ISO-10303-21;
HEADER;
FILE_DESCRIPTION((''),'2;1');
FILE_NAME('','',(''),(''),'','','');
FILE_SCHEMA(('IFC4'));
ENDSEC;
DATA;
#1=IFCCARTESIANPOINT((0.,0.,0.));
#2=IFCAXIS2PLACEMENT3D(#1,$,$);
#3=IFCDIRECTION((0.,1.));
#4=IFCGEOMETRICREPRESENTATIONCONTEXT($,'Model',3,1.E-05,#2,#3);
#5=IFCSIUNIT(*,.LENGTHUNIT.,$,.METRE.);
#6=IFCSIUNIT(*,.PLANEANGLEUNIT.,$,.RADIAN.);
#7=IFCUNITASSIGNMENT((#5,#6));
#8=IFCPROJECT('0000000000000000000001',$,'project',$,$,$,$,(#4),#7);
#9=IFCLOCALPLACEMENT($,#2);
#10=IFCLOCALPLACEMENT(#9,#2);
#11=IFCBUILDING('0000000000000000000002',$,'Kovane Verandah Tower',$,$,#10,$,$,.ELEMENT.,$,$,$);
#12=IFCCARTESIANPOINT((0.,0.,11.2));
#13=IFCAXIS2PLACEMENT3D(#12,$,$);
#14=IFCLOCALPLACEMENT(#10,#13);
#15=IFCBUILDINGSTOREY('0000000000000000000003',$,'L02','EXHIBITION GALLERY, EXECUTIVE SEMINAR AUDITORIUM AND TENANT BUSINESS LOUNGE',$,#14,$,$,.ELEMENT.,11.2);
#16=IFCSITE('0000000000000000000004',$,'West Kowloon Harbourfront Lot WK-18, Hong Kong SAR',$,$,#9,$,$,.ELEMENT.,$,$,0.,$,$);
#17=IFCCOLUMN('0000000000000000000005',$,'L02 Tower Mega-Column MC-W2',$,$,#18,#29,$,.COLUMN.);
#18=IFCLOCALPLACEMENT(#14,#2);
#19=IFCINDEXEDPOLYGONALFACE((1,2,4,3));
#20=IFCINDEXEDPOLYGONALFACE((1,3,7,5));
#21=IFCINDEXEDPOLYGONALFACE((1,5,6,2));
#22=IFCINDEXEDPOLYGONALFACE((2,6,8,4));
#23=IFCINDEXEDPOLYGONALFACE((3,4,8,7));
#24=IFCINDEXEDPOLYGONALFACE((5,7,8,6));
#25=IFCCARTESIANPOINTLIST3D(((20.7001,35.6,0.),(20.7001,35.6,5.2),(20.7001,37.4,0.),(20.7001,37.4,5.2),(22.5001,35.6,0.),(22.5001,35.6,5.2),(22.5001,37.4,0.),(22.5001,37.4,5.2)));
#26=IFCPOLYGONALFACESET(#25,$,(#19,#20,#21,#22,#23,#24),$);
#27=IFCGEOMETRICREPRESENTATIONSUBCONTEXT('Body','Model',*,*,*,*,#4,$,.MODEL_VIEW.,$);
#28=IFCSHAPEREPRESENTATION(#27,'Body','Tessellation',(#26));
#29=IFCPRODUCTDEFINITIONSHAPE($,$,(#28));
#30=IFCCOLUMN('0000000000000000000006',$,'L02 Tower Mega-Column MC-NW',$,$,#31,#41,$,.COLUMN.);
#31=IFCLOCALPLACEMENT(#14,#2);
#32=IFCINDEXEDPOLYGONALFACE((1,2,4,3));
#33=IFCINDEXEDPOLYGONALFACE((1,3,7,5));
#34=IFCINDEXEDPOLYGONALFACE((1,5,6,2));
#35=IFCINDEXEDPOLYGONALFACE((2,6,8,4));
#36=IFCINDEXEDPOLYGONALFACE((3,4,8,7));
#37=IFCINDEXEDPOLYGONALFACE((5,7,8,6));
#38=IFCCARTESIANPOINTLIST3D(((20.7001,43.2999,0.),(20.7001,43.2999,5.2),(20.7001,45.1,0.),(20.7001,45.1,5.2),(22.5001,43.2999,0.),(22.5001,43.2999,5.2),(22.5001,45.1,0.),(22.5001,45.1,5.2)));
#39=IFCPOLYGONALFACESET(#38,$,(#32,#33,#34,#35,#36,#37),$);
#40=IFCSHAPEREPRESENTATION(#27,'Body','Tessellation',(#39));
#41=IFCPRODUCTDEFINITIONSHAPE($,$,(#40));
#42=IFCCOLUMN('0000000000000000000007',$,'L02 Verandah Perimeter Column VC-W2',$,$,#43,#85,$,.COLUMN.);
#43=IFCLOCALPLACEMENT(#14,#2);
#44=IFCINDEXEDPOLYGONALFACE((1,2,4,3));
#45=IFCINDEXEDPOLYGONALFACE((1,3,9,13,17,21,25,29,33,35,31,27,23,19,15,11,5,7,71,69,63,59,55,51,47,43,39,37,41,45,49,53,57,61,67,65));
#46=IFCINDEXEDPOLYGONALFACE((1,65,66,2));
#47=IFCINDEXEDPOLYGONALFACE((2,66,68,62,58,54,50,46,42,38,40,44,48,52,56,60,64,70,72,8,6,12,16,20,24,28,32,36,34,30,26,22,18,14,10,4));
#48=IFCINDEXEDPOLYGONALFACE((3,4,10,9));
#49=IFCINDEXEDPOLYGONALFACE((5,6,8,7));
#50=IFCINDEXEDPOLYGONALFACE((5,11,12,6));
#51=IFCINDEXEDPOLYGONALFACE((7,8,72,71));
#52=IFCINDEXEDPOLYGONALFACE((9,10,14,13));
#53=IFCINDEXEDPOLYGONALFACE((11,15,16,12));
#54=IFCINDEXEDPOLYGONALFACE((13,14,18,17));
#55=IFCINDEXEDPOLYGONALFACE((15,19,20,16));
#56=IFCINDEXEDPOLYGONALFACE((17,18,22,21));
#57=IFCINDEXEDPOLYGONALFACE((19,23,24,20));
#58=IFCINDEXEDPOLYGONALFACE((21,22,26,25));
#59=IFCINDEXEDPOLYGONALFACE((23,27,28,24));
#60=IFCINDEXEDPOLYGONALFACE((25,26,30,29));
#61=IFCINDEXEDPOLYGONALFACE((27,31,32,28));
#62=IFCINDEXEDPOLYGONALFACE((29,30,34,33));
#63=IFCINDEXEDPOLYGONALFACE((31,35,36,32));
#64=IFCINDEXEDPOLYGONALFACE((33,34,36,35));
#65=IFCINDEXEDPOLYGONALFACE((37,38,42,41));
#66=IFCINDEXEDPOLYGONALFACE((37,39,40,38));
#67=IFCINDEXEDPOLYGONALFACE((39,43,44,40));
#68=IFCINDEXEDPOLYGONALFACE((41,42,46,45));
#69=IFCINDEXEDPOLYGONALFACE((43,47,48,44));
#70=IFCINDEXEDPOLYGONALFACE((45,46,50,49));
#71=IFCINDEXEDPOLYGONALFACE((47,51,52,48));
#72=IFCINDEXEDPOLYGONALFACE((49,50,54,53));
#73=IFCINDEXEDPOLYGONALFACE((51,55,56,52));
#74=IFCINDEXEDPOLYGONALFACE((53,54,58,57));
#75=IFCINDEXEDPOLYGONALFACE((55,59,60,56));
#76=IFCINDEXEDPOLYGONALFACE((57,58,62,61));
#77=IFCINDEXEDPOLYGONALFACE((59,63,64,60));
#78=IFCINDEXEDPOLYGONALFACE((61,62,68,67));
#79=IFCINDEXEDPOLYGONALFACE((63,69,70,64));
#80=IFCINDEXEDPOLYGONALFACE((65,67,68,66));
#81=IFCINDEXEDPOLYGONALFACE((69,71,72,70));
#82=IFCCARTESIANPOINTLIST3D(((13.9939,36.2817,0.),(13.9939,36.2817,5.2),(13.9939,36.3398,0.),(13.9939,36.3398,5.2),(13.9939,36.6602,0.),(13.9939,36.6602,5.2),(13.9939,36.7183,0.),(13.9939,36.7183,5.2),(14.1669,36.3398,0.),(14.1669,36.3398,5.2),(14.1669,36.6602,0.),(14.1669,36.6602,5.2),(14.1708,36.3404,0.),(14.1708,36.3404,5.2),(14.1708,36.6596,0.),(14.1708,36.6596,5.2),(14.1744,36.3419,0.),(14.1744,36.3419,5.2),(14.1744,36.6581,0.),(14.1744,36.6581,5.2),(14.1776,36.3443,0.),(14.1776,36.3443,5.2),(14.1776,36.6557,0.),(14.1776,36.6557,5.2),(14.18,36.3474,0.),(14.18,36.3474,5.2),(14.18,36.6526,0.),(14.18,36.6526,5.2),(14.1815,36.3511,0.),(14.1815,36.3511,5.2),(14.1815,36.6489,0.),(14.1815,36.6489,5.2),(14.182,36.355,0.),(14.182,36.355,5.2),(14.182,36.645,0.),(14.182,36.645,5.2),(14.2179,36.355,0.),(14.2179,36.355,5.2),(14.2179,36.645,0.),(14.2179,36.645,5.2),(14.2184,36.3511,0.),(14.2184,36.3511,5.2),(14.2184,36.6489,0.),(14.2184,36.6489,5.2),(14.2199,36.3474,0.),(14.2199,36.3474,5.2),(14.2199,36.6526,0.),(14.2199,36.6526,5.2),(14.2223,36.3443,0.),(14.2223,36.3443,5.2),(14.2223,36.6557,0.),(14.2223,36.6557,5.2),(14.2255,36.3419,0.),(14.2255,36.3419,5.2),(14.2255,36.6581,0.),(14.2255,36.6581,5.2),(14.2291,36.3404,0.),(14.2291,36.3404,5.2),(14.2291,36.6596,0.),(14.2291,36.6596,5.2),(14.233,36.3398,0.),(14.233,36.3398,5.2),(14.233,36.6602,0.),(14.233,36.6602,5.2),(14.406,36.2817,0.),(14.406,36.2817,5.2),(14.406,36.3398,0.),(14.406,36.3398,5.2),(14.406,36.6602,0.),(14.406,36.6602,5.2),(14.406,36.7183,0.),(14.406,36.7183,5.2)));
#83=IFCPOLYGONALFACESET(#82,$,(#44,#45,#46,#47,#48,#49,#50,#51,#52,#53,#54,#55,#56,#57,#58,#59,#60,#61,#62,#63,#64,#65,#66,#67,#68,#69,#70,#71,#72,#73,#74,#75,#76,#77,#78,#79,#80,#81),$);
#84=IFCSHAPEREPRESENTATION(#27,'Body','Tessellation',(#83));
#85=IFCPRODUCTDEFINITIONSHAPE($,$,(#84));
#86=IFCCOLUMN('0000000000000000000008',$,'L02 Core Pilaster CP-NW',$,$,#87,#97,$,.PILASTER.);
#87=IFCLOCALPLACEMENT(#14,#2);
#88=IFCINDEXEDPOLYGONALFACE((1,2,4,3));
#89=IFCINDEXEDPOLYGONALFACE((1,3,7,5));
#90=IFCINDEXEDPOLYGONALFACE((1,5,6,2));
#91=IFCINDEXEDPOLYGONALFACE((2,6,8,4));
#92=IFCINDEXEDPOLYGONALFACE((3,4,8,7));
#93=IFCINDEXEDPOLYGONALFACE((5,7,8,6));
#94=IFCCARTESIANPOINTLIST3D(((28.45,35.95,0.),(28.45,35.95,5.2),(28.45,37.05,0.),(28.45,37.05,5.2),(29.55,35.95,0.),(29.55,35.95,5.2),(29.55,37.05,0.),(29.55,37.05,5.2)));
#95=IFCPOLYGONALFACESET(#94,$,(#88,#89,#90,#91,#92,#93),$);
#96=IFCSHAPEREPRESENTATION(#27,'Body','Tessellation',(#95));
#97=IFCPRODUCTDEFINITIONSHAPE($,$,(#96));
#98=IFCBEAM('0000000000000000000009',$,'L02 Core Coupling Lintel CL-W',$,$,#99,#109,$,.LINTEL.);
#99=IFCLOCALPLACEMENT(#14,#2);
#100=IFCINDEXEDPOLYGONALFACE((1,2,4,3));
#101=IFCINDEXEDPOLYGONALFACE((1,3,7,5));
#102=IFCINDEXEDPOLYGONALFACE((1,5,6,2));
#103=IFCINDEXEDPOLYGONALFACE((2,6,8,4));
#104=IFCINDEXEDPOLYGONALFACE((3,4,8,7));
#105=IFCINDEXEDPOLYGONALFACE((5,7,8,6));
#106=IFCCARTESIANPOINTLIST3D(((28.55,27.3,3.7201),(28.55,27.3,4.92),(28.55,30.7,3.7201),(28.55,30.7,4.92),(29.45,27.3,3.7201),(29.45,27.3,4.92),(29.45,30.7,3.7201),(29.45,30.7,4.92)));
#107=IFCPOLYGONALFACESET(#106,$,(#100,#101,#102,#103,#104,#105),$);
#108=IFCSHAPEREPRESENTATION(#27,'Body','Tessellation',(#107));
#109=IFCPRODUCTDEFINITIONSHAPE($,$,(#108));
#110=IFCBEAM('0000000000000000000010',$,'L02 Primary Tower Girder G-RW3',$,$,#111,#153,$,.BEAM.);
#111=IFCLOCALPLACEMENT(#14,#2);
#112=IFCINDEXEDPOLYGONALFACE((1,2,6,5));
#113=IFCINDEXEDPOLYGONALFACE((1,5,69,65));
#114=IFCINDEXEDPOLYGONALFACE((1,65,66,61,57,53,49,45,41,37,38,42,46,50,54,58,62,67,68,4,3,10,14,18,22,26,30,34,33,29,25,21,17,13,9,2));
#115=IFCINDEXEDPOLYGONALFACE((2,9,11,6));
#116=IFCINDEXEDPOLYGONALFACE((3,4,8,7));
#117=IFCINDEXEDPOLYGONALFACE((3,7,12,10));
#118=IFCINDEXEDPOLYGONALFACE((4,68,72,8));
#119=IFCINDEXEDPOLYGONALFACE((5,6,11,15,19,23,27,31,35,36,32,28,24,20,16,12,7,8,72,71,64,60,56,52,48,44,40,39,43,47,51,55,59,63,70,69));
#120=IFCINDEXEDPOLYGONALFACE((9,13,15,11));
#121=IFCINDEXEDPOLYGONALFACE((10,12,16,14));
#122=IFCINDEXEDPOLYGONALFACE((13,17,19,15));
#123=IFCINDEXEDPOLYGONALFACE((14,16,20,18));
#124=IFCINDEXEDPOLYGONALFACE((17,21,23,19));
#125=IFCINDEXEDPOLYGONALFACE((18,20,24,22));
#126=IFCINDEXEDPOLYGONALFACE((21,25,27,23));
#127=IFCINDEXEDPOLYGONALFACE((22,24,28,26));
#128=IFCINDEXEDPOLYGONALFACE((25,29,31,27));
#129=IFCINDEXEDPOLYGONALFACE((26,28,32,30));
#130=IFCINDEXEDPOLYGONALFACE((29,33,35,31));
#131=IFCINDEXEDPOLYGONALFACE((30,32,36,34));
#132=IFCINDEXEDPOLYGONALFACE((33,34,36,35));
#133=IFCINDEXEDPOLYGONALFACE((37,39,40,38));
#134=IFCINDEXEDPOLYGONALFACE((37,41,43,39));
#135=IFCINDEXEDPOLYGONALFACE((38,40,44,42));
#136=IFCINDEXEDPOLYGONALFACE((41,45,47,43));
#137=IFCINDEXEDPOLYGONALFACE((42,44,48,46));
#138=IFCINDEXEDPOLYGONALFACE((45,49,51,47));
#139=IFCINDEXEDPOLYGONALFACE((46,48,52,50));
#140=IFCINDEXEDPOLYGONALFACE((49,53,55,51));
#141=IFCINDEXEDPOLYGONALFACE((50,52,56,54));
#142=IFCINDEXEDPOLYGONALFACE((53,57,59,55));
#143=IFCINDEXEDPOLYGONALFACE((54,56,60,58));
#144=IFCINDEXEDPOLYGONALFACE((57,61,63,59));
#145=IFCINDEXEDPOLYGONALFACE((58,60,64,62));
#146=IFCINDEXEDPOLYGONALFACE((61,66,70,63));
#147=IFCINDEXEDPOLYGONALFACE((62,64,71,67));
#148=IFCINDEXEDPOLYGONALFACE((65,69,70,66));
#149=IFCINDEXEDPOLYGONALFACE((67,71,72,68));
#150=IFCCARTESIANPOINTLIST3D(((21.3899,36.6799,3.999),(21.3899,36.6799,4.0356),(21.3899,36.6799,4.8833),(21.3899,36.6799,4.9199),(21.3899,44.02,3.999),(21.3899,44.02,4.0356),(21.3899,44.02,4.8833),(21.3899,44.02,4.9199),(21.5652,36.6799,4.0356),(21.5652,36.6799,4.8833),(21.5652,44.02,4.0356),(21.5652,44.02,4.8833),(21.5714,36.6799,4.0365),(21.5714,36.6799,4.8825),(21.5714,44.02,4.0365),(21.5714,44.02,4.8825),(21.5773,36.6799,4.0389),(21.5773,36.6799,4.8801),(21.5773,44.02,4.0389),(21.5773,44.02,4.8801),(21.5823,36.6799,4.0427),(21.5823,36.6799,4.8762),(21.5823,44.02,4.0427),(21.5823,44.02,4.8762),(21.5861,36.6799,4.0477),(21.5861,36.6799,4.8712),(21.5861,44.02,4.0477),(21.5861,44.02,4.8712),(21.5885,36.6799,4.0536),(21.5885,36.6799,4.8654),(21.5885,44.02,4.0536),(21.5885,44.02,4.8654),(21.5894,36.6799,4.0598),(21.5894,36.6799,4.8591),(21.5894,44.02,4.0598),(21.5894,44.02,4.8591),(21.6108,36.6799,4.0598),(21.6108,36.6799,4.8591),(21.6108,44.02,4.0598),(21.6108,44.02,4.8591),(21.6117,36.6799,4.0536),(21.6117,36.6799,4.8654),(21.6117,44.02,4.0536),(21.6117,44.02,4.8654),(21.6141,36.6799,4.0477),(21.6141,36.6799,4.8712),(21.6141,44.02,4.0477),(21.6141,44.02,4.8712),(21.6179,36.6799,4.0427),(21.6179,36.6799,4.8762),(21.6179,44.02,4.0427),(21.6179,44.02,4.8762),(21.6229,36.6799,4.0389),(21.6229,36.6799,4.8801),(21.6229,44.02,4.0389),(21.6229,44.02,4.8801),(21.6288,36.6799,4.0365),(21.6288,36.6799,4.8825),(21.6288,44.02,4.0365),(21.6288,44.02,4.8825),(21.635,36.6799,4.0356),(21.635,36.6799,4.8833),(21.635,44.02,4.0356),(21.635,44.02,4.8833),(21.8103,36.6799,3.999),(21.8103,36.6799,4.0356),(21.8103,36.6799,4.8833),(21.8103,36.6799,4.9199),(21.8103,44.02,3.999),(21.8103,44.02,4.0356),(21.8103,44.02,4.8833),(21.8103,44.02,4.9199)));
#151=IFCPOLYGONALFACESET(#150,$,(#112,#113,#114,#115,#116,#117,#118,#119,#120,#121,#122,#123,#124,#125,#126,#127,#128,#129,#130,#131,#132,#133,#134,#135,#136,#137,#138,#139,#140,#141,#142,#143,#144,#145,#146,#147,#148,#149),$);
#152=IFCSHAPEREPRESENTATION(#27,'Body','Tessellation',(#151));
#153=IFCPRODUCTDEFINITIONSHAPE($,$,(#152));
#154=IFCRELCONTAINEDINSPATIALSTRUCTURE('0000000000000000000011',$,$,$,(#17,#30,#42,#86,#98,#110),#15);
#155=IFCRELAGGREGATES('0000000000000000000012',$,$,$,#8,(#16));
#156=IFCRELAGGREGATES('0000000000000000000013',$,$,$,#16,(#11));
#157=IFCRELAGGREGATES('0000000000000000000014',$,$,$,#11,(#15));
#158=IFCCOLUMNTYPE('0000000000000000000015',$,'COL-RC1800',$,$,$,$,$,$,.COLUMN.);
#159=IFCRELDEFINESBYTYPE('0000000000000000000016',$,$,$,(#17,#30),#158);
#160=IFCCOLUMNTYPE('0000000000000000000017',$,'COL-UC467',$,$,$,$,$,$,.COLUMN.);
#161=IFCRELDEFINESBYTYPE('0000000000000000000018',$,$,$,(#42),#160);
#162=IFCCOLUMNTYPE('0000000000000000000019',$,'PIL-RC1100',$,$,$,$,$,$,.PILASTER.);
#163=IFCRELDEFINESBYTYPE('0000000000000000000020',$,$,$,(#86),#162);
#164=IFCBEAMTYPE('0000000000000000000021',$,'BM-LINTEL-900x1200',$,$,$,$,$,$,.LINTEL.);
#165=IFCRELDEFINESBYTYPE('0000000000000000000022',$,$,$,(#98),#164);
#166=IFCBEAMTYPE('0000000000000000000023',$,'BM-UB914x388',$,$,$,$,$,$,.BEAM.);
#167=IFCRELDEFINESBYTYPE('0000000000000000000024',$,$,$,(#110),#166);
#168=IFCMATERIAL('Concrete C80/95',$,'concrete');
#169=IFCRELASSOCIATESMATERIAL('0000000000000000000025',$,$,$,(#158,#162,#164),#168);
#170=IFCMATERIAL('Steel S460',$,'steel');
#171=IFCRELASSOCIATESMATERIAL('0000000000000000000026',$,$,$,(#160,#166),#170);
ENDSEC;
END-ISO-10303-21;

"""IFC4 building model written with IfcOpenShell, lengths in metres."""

from ifc_helpers import new_model, si_unit, direction, frame, origin, origin_2d, place, context, subcontext, project, spatial, rectangle, i_section, extrude, material, material_profile, profile_set, type_object, element, save


model = new_model("IFC4")

# Units and contexts
model_context = context("Model", 3, precision=1e-05, world=origin(), true_north=direction((0.0, 1.0)))
body_context = subcontext(model_context, "Body", "Model", "MODEL_VIEW")
ifc_project = project(units=[si_unit("LENGTHUNIT", "METRE"), si_unit("PLANEANGLEUNIT", "RADIAN")], contexts=[model_context])

# Site, building, storey
site_placement = place(None, origin())
site = spatial("IfcSite", under=ifc_project, at=site_placement, Name="West Kowloon Harbourfront Lot WK-18, Hong Kong SAR", CompositionType="ELEMENT", RefElevation=0.0)
building_placement = place(site_placement, origin())
building = spatial("IfcBuilding", under=site, at=building_placement, Name="Kovane Verandah Tower", CompositionType="ELEMENT")
storey_placement = place(building_placement, frame((0.0, 0.0, 11.2)))
storey = spatial("IfcBuildingStorey", under=building, at=storey_placement, Name="L02", Description="EXHIBITION GALLERY, EXECUTIVE SEMINAR AUDITORIUM AND TENANT BUSINESS LOUNGE", CompositionType="ELEMENT", Elevation=11.2)

# Columns
ifc_material_1 = material(Name="Concrete C80/95", Category="concrete")
ifc_material_profile_1 = material_profile(ifc_material_1, rectangle(XDim=1.8, YDim=1.8, at=origin_2d()), Name="RC1800x1800")
ifc_profile_set_1 = profile_set([ifc_material_profile_1], Name="Concrete C80/95")
column_type_1 = type_object("IfcColumnType", Name="COL-RC1800", PredefinedType="COLUMN", material=ifc_profile_set_1)
for number, where, z_axis, x_axis, name in (
    (1, (21.6001, 36.5, 0.0), (0.0, 0.0, 1.0), (1.0, 0.0, 0.0), "L02 Tower Mega-Column MC-W2"),
    (2, (21.6001, 44.2, 0.0), (0.0, 0.0, 1.0), (1.0, 0.0, 0.0), "L02 Tower Mega-Column MC-NW"),
):
    element("IfcColumn", number, at=place(storey_placement, frame(where, z_axis=z_axis, x_axis=x_axis)), inside=storey, type_object=column_type_1, Name=name, PredefinedType="COLUMN", context=body_context, shape_type="SweptSolid", body=[
        extrude(rectangle(XDim=1.8, YDim=1.8, at=origin_2d()), origin(), (0.0, 0.0, 1.0), 5.2),
    ])
ifc_material_2 = material(Name="Steel S460", Category="steel")
ifc_material_profile_2 = material_profile(ifc_material_2, i_section(OverallWidth=0.4121, OverallDepth=0.4365, WebThickness=0.0359, FlangeThickness=0.0581, FilletRadius=0.0151, at=origin_2d()), Name="UC356x406x467")
ifc_profile_set_2 = profile_set([ifc_material_profile_2], Name="Steel S460")
column_type_2 = type_object("IfcColumnType", Name="COL-UC467", PredefinedType="COLUMN", material=ifc_profile_set_2)
column_1_placement = place(storey_placement, frame((14.2, 36.5, 0.0), z_axis=(0.0, 0.0, 1.0), x_axis=(1.0, 0.0, 0.0)))
element("IfcColumn", 3, at=column_1_placement, inside=storey, type_object=column_type_2, Name="L02 Verandah Perimeter Column VC-W2", PredefinedType="COLUMN", context=body_context, shape_type="SweptSolid", body=[
    extrude(i_section(OverallWidth=0.4121, OverallDepth=0.4365, WebThickness=0.0359, FlangeThickness=0.0581, FilletRadius=0.0151, at=origin_2d()), origin(), (0.0, 0.0, 1.0), 5.2),
])
ifc_material_profile_3 = material_profile(ifc_material_1, rectangle(XDim=1.1001, YDim=1.1001, at=origin_2d()), Name="RC1100x1100")
ifc_profile_set_3 = profile_set([ifc_material_profile_3], Name="Concrete C80/95")
column_type_3 = type_object("IfcColumnType", Name="PIL-RC1100", PredefinedType="PILASTER", material=ifc_profile_set_3)
column_2_placement = place(storey_placement, frame((29.0, 36.5, 0.0), z_axis=(0.0, 0.0, 1.0), x_axis=(1.0, 0.0, 0.0)))
element("IfcColumn", 4, at=column_2_placement, inside=storey, type_object=column_type_3, Name="L02 Core Pilaster CP-NW", PredefinedType="PILASTER", context=body_context, shape_type="SweptSolid", body=[
    extrude(rectangle(XDim=1.1001, YDim=1.1001, at=origin_2d()), origin(), (0.0, 0.0, 1.0), 5.2),
])

# Beams
ifc_material_profile_4 = material_profile(ifc_material_1, rectangle(XDim=0.8999, YDim=1.2, at=origin_2d()), Name="RCB900x1200")
ifc_profile_set_4 = profile_set([ifc_material_profile_4], Name="Concrete C80/95")
beam_type_1 = type_object("IfcBeamType", Name="BM-LINTEL-900x1200", PredefinedType="LINTEL", material=ifc_profile_set_4)
beam_1_placement = place(storey_placement, frame((29.0, 27.3, 4.3201), z_axis=(0.0, 1.0, 0.0), x_axis=(-1.0, 0.0, 0.0)))
element("IfcBeam", 5, at=beam_1_placement, inside=storey, type_object=beam_type_1, Name="L02 Core Coupling Lintel CL-W", PredefinedType="LINTEL", context=body_context, shape_type="SweptSolid", body=[
    extrude(rectangle(XDim=0.8999, YDim=1.2, at=origin_2d()), origin(), (0.0, 0.0, 1.0), 3.3999),
])
ifc_material_profile_5 = material_profile(ifc_material_2, i_section(OverallWidth=0.4204, OverallDepth=0.9209, WebThickness=0.0215, FlangeThickness=0.0366, FilletRadius=0.0242, at=origin_2d()), Name="UB914x419x388")
ifc_profile_set_5 = profile_set([ifc_material_profile_5], Name="Steel S460")
beam_type_2 = type_object("IfcBeamType", Name="BM-UB914x388", PredefinedType="BEAM", material=ifc_profile_set_5)
beam_2_placement = place(storey_placement, frame((21.6001, 36.6799, 4.4595), z_axis=(0.0, 1.0, 0.0), x_axis=(-1.0, 0.0, 0.0)))
element("IfcBeam", 6, at=beam_2_placement, inside=storey, type_object=beam_type_2, Name="L02 Primary Tower Girder G-RW3", PredefinedType="BEAM", context=body_context, shape_type="SweptSolid", body=[
    extrude(i_section(OverallWidth=0.4204, OverallDepth=0.9209, WebThickness=0.0215, FlangeThickness=0.0366, FilletRadius=0.0242, at=origin_2d()), origin(), (0.0, 0.0, 1.0), 7.3401),
])

save(model, "model.ifc")
